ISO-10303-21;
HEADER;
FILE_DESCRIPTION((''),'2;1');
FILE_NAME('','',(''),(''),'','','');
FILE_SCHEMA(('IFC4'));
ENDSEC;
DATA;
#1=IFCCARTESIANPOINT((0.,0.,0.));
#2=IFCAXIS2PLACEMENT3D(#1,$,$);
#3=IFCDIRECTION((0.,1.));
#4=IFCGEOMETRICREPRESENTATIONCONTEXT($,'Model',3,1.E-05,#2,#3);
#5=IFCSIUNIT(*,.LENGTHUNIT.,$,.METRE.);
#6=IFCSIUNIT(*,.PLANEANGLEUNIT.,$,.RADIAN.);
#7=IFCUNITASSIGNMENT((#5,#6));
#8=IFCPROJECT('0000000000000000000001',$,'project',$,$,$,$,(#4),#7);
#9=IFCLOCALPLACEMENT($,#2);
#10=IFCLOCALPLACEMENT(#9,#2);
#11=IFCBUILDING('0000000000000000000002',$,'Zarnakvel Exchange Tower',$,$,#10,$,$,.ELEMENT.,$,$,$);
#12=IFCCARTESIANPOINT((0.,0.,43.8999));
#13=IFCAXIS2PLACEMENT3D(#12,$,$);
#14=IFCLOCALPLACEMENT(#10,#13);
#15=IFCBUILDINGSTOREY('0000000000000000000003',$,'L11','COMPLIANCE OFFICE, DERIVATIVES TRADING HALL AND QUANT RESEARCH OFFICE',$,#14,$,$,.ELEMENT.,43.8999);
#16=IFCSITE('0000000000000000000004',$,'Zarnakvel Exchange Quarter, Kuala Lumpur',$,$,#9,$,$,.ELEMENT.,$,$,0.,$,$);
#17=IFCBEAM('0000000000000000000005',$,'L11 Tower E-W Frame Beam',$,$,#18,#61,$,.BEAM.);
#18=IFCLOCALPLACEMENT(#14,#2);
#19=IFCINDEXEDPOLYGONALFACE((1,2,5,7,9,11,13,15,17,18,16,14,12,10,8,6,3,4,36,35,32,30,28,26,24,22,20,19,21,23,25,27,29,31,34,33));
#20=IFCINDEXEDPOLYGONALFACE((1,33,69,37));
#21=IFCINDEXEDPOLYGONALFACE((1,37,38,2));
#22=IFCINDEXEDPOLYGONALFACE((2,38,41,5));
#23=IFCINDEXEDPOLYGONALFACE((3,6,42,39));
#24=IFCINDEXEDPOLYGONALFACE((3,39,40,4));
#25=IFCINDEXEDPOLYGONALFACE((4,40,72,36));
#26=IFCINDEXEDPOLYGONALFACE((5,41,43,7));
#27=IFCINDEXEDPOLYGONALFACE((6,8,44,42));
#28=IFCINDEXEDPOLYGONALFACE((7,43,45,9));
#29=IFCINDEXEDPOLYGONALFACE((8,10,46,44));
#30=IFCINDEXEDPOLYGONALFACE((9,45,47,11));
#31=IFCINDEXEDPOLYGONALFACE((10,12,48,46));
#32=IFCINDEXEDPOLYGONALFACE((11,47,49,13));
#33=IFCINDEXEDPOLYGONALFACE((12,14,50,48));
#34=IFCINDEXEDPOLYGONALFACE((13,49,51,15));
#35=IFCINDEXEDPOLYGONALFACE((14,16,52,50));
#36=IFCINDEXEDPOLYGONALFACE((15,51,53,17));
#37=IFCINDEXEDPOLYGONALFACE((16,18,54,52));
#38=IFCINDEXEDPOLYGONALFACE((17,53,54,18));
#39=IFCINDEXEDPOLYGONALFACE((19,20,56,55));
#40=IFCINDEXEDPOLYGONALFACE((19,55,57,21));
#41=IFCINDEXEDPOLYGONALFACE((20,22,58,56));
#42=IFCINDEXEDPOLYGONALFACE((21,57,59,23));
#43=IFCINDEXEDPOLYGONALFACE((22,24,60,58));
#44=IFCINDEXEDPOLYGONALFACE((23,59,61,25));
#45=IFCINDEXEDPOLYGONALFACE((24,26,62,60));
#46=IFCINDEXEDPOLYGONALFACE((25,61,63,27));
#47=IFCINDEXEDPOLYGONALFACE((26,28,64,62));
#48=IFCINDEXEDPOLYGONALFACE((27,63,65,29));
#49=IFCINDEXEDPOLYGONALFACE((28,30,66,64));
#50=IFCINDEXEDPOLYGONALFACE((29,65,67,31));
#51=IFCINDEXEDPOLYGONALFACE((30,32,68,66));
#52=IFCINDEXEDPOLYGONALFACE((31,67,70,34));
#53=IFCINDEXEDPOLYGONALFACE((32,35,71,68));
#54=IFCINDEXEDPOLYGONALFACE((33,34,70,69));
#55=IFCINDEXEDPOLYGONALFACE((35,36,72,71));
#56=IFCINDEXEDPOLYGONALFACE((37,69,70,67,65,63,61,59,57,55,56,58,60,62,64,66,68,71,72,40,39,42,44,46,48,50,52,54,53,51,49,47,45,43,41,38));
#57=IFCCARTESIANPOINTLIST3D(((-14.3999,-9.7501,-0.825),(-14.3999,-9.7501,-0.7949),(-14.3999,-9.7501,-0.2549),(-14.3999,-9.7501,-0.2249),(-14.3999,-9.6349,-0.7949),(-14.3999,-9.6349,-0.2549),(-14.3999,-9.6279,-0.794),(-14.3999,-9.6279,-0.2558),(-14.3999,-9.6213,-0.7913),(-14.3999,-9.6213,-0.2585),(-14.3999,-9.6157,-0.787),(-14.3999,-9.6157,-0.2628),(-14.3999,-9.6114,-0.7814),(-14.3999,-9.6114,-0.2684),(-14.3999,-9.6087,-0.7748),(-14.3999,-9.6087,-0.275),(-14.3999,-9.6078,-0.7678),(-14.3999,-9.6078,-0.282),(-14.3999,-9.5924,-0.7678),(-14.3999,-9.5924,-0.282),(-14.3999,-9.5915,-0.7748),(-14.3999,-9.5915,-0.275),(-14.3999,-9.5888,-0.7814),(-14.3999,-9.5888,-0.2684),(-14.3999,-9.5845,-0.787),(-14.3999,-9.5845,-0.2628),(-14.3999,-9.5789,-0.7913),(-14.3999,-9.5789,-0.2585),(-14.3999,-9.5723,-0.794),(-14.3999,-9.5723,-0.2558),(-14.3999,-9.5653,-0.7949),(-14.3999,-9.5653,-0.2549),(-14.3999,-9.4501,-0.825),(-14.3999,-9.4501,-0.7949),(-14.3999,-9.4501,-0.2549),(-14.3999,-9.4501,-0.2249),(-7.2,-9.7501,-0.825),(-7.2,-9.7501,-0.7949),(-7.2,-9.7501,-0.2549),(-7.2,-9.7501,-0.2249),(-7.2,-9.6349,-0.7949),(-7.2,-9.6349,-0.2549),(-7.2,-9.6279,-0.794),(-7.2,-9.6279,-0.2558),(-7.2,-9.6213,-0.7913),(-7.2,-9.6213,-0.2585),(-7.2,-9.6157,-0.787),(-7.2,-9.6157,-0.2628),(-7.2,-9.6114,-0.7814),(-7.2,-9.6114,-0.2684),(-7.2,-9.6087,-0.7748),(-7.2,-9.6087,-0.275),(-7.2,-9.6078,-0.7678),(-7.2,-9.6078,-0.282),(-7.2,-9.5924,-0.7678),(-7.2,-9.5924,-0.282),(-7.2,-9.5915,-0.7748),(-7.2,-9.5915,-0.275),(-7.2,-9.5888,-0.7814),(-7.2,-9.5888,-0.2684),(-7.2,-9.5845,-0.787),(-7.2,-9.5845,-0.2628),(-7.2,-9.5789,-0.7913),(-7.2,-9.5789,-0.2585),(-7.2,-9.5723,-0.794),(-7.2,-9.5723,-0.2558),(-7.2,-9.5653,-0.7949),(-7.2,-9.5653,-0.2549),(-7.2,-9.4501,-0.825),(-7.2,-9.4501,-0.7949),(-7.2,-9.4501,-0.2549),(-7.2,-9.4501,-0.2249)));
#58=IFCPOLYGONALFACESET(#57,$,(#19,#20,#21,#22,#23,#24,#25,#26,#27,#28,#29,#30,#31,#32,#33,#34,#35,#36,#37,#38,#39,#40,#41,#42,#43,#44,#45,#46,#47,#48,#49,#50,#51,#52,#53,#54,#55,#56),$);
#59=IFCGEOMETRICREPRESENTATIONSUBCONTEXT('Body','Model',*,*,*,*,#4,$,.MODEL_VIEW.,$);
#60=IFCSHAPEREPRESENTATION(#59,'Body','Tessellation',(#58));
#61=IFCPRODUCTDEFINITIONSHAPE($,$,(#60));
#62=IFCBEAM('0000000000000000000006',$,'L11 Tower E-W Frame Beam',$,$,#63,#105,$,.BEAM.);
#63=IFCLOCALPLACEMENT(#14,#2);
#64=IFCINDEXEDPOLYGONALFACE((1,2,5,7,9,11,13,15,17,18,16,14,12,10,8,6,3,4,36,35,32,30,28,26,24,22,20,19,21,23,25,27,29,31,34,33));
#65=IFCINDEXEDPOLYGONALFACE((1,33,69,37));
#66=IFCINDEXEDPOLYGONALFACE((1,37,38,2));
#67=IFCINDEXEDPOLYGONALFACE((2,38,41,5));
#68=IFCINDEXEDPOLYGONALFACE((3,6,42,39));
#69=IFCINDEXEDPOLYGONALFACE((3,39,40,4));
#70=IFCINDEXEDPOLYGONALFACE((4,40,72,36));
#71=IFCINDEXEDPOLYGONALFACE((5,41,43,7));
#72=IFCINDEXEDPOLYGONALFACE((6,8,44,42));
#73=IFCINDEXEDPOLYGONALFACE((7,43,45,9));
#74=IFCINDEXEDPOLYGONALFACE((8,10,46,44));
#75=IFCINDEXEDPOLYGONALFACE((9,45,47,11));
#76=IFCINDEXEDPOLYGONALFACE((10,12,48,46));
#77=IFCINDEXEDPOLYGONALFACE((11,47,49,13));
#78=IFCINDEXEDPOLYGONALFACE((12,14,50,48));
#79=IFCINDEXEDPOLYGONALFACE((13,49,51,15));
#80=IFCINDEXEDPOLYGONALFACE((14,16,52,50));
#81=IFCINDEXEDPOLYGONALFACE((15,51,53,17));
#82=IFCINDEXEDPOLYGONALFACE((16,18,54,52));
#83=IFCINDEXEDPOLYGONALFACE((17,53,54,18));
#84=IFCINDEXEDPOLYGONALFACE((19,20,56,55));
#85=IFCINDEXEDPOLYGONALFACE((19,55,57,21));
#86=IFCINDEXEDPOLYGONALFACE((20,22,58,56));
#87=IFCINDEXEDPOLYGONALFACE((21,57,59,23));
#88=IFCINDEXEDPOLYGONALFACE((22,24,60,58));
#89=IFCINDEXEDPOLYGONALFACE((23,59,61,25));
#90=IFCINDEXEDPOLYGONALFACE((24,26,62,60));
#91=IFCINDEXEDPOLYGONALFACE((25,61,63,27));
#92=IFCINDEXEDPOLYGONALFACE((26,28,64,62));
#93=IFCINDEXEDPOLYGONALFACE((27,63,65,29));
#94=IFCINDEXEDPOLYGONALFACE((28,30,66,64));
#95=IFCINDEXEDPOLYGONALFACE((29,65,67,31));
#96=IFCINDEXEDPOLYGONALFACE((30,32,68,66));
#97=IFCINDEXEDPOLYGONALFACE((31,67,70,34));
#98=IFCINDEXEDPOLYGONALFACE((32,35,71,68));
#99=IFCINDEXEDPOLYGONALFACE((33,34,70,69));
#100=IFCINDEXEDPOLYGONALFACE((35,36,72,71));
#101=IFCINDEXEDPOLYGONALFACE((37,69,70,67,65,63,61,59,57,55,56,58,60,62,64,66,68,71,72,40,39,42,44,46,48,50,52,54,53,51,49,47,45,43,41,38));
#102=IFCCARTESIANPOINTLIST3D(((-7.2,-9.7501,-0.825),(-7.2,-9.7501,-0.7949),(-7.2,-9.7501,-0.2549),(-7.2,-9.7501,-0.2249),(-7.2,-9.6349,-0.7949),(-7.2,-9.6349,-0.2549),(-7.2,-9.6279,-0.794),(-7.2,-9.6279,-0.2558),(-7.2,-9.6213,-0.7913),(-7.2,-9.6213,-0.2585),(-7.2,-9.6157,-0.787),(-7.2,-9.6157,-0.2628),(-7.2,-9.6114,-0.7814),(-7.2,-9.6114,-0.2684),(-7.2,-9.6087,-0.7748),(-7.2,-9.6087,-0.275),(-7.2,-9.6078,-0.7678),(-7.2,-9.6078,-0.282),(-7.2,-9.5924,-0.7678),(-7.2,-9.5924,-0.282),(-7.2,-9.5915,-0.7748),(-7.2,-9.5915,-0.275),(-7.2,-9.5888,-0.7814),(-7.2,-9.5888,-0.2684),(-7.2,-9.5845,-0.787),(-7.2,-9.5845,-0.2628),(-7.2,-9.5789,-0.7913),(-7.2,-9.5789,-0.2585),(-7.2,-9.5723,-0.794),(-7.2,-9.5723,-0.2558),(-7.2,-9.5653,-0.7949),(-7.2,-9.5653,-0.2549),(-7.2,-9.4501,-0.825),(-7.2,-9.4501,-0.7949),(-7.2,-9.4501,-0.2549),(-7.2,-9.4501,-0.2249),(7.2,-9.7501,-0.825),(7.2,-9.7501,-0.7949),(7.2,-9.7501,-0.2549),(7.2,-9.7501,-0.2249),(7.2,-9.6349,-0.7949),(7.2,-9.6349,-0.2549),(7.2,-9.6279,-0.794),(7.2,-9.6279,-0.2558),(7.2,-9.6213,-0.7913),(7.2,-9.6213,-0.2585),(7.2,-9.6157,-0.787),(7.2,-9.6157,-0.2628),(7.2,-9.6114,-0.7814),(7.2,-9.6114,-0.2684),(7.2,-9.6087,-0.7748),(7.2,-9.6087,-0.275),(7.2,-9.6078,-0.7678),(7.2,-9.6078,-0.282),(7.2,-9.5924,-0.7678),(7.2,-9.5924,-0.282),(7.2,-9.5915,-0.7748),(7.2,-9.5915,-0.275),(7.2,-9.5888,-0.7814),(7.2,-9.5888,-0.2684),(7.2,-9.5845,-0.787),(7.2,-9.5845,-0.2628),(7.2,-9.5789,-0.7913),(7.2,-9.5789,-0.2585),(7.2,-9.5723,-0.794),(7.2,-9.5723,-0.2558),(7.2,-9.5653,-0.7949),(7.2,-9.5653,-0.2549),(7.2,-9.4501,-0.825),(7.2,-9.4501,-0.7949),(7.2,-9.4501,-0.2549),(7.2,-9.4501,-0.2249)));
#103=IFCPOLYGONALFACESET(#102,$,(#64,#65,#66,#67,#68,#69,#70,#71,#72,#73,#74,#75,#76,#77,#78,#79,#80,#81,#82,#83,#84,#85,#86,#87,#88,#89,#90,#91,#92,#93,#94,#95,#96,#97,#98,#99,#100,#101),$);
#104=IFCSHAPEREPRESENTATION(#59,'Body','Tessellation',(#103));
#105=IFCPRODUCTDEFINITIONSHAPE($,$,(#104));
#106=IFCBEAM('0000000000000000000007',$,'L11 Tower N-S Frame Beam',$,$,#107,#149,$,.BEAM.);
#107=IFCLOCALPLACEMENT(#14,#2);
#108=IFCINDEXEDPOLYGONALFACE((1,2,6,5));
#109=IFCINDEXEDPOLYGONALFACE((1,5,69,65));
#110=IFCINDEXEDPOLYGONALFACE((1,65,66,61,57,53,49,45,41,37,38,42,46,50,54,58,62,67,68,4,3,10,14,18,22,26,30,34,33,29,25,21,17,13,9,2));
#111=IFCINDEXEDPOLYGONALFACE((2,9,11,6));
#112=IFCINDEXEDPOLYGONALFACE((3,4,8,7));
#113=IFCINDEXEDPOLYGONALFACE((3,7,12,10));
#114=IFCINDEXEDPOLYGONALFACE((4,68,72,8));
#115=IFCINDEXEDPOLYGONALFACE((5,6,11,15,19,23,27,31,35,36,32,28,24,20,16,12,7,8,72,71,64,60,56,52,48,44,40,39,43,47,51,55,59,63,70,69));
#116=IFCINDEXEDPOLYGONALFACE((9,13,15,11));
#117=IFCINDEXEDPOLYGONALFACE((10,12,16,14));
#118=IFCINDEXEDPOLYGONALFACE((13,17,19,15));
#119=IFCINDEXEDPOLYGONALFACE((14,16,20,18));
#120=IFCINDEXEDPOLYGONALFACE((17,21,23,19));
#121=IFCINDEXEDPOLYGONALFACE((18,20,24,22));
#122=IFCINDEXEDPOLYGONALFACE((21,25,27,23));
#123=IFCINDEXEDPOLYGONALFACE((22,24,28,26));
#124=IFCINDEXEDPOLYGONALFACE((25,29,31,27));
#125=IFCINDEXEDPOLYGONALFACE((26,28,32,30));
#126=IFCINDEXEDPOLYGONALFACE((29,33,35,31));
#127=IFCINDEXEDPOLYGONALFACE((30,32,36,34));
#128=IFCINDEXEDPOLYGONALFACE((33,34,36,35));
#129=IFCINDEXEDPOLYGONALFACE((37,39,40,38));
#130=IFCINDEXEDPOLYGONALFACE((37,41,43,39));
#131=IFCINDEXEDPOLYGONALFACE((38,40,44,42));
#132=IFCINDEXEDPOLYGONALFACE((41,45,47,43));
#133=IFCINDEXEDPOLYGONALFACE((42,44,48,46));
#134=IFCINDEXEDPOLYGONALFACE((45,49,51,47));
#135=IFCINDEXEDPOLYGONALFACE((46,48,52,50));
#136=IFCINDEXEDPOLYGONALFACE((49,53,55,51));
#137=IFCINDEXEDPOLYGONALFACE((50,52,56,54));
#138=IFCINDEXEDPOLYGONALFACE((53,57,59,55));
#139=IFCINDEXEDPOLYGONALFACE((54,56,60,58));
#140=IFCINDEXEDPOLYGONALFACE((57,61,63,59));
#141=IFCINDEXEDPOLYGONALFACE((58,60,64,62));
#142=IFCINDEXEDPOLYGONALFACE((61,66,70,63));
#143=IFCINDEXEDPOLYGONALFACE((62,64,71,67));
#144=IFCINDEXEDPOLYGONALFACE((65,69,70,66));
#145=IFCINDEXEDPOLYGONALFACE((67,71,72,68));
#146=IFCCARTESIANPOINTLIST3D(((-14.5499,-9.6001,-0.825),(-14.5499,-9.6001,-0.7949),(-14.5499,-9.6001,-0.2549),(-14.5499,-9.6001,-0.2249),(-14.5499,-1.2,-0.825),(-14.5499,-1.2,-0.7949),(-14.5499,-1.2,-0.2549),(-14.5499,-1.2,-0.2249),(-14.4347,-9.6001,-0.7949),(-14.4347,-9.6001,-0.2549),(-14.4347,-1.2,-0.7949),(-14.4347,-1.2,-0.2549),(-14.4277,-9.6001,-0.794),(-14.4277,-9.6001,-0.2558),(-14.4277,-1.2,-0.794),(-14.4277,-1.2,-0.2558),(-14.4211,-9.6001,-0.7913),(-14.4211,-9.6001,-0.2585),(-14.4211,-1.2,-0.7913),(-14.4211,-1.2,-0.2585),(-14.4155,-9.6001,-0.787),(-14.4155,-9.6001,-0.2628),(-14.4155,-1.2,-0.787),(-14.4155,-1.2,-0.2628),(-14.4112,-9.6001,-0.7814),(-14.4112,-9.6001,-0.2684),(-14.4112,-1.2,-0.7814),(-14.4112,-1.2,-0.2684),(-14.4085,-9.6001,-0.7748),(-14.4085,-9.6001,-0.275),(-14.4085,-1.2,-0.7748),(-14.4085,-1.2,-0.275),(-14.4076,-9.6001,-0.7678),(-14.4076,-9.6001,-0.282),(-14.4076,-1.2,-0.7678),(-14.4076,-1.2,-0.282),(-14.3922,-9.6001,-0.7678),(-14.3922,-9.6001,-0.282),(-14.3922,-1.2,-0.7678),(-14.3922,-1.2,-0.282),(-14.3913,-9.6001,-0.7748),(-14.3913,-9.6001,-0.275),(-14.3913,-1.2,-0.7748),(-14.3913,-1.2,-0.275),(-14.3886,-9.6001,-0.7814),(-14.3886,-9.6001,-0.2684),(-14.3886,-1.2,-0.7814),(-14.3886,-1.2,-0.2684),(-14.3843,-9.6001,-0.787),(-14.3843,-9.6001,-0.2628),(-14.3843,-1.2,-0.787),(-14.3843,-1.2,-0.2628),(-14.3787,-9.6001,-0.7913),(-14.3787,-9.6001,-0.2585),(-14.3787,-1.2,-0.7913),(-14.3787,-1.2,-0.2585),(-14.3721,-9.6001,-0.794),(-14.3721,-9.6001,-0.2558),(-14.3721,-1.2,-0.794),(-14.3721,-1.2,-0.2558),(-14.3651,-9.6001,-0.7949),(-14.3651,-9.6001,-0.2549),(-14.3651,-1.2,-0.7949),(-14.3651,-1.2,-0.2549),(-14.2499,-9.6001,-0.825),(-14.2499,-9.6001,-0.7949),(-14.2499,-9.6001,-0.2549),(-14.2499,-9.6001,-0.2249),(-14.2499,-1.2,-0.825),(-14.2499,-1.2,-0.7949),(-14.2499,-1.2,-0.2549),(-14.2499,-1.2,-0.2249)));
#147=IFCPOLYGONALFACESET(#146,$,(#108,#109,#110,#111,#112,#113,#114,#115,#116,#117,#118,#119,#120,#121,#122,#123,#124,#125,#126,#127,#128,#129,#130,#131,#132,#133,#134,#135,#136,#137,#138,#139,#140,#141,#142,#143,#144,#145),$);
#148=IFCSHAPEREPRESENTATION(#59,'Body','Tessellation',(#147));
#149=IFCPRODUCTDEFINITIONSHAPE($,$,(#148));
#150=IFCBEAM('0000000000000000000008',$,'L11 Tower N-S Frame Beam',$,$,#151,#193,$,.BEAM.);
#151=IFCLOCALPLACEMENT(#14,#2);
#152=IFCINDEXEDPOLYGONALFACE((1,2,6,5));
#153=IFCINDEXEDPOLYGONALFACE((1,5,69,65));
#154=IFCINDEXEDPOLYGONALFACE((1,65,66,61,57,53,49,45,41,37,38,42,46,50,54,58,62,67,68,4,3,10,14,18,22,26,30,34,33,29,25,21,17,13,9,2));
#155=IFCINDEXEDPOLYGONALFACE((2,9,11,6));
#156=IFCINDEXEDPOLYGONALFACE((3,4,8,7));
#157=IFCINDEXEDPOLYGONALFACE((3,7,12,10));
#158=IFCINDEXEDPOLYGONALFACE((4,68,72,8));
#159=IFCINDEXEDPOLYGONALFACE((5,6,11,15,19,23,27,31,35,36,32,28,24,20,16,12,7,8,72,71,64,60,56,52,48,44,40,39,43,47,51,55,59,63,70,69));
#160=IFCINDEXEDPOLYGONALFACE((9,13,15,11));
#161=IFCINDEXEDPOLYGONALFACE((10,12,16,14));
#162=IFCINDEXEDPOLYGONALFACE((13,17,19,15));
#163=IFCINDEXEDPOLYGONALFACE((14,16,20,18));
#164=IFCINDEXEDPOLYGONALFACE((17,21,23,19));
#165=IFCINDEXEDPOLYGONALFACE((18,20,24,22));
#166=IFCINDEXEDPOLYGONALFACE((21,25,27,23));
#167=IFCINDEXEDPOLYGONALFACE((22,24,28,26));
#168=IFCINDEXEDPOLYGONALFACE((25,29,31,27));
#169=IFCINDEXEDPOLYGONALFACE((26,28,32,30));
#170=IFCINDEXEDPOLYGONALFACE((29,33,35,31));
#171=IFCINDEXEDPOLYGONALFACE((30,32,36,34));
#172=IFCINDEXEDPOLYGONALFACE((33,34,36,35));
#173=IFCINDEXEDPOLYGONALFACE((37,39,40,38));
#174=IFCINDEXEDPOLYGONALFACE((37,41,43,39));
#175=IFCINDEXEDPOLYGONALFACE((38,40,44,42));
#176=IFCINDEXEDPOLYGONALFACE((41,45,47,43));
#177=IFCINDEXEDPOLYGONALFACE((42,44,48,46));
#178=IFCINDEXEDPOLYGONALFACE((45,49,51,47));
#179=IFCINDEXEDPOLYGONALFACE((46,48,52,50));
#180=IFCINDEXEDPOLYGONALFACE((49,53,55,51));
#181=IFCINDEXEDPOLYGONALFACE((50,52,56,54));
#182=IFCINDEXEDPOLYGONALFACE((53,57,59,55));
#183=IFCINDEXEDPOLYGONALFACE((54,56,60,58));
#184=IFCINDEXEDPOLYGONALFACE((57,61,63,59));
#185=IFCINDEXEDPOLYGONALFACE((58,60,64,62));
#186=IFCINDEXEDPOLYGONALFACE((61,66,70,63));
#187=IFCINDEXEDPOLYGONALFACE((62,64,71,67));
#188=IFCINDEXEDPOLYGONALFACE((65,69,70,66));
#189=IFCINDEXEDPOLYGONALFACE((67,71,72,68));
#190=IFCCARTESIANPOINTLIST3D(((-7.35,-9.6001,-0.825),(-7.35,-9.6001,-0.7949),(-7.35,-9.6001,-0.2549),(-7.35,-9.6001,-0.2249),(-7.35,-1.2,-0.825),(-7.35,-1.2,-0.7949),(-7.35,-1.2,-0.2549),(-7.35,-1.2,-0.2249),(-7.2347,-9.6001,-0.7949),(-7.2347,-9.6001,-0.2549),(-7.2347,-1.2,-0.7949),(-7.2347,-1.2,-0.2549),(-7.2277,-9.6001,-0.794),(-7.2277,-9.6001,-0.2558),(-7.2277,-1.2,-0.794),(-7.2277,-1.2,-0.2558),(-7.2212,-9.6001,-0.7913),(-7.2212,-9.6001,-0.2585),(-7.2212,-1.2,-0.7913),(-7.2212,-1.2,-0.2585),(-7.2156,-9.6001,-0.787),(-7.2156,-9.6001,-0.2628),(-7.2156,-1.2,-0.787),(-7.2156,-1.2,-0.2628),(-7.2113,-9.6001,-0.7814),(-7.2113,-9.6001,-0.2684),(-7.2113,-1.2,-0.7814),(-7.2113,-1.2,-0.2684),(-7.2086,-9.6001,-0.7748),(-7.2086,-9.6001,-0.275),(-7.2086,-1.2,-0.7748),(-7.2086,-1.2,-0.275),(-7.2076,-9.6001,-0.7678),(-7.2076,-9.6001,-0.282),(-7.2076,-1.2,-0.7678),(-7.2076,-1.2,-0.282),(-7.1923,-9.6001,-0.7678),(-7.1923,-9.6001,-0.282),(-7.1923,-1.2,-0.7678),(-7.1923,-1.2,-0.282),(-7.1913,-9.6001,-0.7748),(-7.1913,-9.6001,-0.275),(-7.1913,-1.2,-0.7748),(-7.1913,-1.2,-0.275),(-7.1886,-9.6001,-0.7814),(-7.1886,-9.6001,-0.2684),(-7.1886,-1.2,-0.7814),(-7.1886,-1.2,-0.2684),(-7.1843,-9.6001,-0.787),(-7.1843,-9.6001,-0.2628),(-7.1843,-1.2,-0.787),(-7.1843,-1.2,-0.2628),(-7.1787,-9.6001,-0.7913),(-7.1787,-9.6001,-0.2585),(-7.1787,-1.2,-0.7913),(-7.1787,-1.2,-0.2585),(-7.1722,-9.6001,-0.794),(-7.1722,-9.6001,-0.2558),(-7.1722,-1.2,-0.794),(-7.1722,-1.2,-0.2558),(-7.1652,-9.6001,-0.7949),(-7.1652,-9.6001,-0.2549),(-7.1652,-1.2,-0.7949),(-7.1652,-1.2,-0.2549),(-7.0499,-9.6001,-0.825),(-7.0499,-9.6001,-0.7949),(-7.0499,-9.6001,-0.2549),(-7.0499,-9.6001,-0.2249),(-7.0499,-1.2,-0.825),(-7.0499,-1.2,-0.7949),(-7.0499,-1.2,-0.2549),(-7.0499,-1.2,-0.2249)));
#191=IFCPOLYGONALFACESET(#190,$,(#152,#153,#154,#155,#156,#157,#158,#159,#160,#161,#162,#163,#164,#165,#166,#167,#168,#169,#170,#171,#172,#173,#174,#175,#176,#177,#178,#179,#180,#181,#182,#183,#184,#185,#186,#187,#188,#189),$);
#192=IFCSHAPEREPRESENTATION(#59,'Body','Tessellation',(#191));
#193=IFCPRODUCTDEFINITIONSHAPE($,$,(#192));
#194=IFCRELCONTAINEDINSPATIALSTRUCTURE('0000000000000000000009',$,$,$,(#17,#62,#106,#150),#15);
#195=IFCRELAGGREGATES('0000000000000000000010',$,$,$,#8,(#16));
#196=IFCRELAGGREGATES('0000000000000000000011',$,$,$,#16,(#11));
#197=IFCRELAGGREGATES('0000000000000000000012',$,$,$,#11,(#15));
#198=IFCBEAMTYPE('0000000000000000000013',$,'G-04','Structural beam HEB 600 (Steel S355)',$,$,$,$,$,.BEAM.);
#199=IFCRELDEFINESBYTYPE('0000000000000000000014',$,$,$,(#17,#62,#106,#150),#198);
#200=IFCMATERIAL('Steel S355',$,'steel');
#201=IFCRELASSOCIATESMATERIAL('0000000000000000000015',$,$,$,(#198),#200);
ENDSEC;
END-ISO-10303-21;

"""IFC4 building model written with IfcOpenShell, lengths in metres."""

from ifc_helpers import new_model, si_unit, direction, frame, origin, origin_2d, place, context, subcontext, project, spatial, i_section, extrude, material, material_profile, profile_set, type_object, element, save


model = new_model("IFC4")

# Units and contexts
model_context = context("Model", 3, precision=1e-05, world=origin(), true_north=direction((0.0, 1.0)))
body_context = subcontext(model_context, "Body", "Model", "MODEL_VIEW")
ifc_project = project(units=[si_unit("LENGTHUNIT", "METRE"), si_unit("PLANEANGLEUNIT", "RADIAN")], contexts=[model_context])

# Site, building, storey
site_placement = place(None, origin())
site = spatial("IfcSite", under=ifc_project, at=site_placement, Name="Zarnakvel Exchange Quarter, Kuala Lumpur", CompositionType="ELEMENT", RefElevation=0.0)
building_placement = place(site_placement, origin())
building = spatial("IfcBuilding", under=site, at=building_placement, Name="Zarnakvel Exchange Tower", CompositionType="ELEMENT")
storey_placement = place(building_placement, frame((0.0, 0.0, 43.8999)))
storey = spatial("IfcBuildingStorey", under=building, at=storey_placement, Name="L11", Description="COMPLIANCE OFFICE, DERIVATIVES TRADING HALL AND QUANT RESEARCH OFFICE", CompositionType="ELEMENT", Elevation=43.8999)

# Beams
ifc_material_1 = material(Name="Steel S355", Category="steel")
ifc_material_profile_1 = material_profile(ifc_material_1, i_section(OverallWidth=0.3, OverallDepth=0.6001, WebThickness=0.0154, FlangeThickness=0.03, FilletRadius=0.0271, at=origin_2d()))
ifc_profile_set_1 = profile_set([ifc_material_profile_1], Name="Steel S355")
beam_type_1 = type_object("IfcBeamType", Name="G-04", Description="Structural beam HEB 600 (Steel S355)", PredefinedType="BEAM", material=ifc_profile_set_1)
beam_1_placement = place(storey_placement, frame((-14.3999, -9.6001, -0.5249), z_axis=(1.0, 0.0, 0.0), x_axis=(0.0, 1.0, 0.0)))
element("IfcBeam", 1, at=beam_1_placement, inside=storey, type_object=beam_type_1, Name="L11 Tower E-W Frame Beam", PredefinedType="BEAM", context=body_context, shape_type="SweptSolid", body=[
    extrude(i_section(OverallWidth=0.3, OverallDepth=0.6001, WebThickness=0.0154, FlangeThickness=0.03, FilletRadius=0.0271, at=origin_2d()), origin(), (0.0, 0.0, 1.0), 7.2),
])
beam_2_placement = place(storey_placement, frame((-7.2, -9.6001, -0.5249), z_axis=(1.0, 0.0, 0.0), x_axis=(0.0, 1.0, 0.0)))
element("IfcBeam", 2, at=beam_2_placement, inside=storey, type_object=beam_type_1, Name="L11 Tower E-W Frame Beam", PredefinedType="BEAM", context=body_context, shape_type="SweptSolid", body=[
    extrude(i_section(OverallWidth=0.3, OverallDepth=0.6001, WebThickness=0.0154, FlangeThickness=0.03, FilletRadius=0.0271, at=origin_2d()), origin(), (0.0, 0.0, 1.0), 14.3999),
])
for number, where, z_axis, x_axis, name in (
    (3, (-14.3999, -9.6001, -0.5249), (0.0, 1.0, 0.0), (-1.0, 0.0, 0.0), "L11 Tower N-S Frame Beam"),
    (4, (-7.2, -9.6001, -0.5249), (0.0, 1.0, 0.0), (-1.0, 0.0, 0.0), "L11 Tower N-S Frame Beam"),
):
    element("IfcBeam", number, at=place(storey_placement, frame(where, z_axis=z_axis, x_axis=x_axis)), inside=storey, type_object=beam_type_1, Name=name, PredefinedType="BEAM", context=body_context, shape_type="SweptSolid", body=[
        extrude(i_section(OverallWidth=0.3, OverallDepth=0.6001, WebThickness=0.0154, FlangeThickness=0.03, FilletRadius=0.0271, at=origin_2d()), origin(), (0.0, 0.0, 1.0), 8.4001),
    ])

save(model, "model.ifc")
